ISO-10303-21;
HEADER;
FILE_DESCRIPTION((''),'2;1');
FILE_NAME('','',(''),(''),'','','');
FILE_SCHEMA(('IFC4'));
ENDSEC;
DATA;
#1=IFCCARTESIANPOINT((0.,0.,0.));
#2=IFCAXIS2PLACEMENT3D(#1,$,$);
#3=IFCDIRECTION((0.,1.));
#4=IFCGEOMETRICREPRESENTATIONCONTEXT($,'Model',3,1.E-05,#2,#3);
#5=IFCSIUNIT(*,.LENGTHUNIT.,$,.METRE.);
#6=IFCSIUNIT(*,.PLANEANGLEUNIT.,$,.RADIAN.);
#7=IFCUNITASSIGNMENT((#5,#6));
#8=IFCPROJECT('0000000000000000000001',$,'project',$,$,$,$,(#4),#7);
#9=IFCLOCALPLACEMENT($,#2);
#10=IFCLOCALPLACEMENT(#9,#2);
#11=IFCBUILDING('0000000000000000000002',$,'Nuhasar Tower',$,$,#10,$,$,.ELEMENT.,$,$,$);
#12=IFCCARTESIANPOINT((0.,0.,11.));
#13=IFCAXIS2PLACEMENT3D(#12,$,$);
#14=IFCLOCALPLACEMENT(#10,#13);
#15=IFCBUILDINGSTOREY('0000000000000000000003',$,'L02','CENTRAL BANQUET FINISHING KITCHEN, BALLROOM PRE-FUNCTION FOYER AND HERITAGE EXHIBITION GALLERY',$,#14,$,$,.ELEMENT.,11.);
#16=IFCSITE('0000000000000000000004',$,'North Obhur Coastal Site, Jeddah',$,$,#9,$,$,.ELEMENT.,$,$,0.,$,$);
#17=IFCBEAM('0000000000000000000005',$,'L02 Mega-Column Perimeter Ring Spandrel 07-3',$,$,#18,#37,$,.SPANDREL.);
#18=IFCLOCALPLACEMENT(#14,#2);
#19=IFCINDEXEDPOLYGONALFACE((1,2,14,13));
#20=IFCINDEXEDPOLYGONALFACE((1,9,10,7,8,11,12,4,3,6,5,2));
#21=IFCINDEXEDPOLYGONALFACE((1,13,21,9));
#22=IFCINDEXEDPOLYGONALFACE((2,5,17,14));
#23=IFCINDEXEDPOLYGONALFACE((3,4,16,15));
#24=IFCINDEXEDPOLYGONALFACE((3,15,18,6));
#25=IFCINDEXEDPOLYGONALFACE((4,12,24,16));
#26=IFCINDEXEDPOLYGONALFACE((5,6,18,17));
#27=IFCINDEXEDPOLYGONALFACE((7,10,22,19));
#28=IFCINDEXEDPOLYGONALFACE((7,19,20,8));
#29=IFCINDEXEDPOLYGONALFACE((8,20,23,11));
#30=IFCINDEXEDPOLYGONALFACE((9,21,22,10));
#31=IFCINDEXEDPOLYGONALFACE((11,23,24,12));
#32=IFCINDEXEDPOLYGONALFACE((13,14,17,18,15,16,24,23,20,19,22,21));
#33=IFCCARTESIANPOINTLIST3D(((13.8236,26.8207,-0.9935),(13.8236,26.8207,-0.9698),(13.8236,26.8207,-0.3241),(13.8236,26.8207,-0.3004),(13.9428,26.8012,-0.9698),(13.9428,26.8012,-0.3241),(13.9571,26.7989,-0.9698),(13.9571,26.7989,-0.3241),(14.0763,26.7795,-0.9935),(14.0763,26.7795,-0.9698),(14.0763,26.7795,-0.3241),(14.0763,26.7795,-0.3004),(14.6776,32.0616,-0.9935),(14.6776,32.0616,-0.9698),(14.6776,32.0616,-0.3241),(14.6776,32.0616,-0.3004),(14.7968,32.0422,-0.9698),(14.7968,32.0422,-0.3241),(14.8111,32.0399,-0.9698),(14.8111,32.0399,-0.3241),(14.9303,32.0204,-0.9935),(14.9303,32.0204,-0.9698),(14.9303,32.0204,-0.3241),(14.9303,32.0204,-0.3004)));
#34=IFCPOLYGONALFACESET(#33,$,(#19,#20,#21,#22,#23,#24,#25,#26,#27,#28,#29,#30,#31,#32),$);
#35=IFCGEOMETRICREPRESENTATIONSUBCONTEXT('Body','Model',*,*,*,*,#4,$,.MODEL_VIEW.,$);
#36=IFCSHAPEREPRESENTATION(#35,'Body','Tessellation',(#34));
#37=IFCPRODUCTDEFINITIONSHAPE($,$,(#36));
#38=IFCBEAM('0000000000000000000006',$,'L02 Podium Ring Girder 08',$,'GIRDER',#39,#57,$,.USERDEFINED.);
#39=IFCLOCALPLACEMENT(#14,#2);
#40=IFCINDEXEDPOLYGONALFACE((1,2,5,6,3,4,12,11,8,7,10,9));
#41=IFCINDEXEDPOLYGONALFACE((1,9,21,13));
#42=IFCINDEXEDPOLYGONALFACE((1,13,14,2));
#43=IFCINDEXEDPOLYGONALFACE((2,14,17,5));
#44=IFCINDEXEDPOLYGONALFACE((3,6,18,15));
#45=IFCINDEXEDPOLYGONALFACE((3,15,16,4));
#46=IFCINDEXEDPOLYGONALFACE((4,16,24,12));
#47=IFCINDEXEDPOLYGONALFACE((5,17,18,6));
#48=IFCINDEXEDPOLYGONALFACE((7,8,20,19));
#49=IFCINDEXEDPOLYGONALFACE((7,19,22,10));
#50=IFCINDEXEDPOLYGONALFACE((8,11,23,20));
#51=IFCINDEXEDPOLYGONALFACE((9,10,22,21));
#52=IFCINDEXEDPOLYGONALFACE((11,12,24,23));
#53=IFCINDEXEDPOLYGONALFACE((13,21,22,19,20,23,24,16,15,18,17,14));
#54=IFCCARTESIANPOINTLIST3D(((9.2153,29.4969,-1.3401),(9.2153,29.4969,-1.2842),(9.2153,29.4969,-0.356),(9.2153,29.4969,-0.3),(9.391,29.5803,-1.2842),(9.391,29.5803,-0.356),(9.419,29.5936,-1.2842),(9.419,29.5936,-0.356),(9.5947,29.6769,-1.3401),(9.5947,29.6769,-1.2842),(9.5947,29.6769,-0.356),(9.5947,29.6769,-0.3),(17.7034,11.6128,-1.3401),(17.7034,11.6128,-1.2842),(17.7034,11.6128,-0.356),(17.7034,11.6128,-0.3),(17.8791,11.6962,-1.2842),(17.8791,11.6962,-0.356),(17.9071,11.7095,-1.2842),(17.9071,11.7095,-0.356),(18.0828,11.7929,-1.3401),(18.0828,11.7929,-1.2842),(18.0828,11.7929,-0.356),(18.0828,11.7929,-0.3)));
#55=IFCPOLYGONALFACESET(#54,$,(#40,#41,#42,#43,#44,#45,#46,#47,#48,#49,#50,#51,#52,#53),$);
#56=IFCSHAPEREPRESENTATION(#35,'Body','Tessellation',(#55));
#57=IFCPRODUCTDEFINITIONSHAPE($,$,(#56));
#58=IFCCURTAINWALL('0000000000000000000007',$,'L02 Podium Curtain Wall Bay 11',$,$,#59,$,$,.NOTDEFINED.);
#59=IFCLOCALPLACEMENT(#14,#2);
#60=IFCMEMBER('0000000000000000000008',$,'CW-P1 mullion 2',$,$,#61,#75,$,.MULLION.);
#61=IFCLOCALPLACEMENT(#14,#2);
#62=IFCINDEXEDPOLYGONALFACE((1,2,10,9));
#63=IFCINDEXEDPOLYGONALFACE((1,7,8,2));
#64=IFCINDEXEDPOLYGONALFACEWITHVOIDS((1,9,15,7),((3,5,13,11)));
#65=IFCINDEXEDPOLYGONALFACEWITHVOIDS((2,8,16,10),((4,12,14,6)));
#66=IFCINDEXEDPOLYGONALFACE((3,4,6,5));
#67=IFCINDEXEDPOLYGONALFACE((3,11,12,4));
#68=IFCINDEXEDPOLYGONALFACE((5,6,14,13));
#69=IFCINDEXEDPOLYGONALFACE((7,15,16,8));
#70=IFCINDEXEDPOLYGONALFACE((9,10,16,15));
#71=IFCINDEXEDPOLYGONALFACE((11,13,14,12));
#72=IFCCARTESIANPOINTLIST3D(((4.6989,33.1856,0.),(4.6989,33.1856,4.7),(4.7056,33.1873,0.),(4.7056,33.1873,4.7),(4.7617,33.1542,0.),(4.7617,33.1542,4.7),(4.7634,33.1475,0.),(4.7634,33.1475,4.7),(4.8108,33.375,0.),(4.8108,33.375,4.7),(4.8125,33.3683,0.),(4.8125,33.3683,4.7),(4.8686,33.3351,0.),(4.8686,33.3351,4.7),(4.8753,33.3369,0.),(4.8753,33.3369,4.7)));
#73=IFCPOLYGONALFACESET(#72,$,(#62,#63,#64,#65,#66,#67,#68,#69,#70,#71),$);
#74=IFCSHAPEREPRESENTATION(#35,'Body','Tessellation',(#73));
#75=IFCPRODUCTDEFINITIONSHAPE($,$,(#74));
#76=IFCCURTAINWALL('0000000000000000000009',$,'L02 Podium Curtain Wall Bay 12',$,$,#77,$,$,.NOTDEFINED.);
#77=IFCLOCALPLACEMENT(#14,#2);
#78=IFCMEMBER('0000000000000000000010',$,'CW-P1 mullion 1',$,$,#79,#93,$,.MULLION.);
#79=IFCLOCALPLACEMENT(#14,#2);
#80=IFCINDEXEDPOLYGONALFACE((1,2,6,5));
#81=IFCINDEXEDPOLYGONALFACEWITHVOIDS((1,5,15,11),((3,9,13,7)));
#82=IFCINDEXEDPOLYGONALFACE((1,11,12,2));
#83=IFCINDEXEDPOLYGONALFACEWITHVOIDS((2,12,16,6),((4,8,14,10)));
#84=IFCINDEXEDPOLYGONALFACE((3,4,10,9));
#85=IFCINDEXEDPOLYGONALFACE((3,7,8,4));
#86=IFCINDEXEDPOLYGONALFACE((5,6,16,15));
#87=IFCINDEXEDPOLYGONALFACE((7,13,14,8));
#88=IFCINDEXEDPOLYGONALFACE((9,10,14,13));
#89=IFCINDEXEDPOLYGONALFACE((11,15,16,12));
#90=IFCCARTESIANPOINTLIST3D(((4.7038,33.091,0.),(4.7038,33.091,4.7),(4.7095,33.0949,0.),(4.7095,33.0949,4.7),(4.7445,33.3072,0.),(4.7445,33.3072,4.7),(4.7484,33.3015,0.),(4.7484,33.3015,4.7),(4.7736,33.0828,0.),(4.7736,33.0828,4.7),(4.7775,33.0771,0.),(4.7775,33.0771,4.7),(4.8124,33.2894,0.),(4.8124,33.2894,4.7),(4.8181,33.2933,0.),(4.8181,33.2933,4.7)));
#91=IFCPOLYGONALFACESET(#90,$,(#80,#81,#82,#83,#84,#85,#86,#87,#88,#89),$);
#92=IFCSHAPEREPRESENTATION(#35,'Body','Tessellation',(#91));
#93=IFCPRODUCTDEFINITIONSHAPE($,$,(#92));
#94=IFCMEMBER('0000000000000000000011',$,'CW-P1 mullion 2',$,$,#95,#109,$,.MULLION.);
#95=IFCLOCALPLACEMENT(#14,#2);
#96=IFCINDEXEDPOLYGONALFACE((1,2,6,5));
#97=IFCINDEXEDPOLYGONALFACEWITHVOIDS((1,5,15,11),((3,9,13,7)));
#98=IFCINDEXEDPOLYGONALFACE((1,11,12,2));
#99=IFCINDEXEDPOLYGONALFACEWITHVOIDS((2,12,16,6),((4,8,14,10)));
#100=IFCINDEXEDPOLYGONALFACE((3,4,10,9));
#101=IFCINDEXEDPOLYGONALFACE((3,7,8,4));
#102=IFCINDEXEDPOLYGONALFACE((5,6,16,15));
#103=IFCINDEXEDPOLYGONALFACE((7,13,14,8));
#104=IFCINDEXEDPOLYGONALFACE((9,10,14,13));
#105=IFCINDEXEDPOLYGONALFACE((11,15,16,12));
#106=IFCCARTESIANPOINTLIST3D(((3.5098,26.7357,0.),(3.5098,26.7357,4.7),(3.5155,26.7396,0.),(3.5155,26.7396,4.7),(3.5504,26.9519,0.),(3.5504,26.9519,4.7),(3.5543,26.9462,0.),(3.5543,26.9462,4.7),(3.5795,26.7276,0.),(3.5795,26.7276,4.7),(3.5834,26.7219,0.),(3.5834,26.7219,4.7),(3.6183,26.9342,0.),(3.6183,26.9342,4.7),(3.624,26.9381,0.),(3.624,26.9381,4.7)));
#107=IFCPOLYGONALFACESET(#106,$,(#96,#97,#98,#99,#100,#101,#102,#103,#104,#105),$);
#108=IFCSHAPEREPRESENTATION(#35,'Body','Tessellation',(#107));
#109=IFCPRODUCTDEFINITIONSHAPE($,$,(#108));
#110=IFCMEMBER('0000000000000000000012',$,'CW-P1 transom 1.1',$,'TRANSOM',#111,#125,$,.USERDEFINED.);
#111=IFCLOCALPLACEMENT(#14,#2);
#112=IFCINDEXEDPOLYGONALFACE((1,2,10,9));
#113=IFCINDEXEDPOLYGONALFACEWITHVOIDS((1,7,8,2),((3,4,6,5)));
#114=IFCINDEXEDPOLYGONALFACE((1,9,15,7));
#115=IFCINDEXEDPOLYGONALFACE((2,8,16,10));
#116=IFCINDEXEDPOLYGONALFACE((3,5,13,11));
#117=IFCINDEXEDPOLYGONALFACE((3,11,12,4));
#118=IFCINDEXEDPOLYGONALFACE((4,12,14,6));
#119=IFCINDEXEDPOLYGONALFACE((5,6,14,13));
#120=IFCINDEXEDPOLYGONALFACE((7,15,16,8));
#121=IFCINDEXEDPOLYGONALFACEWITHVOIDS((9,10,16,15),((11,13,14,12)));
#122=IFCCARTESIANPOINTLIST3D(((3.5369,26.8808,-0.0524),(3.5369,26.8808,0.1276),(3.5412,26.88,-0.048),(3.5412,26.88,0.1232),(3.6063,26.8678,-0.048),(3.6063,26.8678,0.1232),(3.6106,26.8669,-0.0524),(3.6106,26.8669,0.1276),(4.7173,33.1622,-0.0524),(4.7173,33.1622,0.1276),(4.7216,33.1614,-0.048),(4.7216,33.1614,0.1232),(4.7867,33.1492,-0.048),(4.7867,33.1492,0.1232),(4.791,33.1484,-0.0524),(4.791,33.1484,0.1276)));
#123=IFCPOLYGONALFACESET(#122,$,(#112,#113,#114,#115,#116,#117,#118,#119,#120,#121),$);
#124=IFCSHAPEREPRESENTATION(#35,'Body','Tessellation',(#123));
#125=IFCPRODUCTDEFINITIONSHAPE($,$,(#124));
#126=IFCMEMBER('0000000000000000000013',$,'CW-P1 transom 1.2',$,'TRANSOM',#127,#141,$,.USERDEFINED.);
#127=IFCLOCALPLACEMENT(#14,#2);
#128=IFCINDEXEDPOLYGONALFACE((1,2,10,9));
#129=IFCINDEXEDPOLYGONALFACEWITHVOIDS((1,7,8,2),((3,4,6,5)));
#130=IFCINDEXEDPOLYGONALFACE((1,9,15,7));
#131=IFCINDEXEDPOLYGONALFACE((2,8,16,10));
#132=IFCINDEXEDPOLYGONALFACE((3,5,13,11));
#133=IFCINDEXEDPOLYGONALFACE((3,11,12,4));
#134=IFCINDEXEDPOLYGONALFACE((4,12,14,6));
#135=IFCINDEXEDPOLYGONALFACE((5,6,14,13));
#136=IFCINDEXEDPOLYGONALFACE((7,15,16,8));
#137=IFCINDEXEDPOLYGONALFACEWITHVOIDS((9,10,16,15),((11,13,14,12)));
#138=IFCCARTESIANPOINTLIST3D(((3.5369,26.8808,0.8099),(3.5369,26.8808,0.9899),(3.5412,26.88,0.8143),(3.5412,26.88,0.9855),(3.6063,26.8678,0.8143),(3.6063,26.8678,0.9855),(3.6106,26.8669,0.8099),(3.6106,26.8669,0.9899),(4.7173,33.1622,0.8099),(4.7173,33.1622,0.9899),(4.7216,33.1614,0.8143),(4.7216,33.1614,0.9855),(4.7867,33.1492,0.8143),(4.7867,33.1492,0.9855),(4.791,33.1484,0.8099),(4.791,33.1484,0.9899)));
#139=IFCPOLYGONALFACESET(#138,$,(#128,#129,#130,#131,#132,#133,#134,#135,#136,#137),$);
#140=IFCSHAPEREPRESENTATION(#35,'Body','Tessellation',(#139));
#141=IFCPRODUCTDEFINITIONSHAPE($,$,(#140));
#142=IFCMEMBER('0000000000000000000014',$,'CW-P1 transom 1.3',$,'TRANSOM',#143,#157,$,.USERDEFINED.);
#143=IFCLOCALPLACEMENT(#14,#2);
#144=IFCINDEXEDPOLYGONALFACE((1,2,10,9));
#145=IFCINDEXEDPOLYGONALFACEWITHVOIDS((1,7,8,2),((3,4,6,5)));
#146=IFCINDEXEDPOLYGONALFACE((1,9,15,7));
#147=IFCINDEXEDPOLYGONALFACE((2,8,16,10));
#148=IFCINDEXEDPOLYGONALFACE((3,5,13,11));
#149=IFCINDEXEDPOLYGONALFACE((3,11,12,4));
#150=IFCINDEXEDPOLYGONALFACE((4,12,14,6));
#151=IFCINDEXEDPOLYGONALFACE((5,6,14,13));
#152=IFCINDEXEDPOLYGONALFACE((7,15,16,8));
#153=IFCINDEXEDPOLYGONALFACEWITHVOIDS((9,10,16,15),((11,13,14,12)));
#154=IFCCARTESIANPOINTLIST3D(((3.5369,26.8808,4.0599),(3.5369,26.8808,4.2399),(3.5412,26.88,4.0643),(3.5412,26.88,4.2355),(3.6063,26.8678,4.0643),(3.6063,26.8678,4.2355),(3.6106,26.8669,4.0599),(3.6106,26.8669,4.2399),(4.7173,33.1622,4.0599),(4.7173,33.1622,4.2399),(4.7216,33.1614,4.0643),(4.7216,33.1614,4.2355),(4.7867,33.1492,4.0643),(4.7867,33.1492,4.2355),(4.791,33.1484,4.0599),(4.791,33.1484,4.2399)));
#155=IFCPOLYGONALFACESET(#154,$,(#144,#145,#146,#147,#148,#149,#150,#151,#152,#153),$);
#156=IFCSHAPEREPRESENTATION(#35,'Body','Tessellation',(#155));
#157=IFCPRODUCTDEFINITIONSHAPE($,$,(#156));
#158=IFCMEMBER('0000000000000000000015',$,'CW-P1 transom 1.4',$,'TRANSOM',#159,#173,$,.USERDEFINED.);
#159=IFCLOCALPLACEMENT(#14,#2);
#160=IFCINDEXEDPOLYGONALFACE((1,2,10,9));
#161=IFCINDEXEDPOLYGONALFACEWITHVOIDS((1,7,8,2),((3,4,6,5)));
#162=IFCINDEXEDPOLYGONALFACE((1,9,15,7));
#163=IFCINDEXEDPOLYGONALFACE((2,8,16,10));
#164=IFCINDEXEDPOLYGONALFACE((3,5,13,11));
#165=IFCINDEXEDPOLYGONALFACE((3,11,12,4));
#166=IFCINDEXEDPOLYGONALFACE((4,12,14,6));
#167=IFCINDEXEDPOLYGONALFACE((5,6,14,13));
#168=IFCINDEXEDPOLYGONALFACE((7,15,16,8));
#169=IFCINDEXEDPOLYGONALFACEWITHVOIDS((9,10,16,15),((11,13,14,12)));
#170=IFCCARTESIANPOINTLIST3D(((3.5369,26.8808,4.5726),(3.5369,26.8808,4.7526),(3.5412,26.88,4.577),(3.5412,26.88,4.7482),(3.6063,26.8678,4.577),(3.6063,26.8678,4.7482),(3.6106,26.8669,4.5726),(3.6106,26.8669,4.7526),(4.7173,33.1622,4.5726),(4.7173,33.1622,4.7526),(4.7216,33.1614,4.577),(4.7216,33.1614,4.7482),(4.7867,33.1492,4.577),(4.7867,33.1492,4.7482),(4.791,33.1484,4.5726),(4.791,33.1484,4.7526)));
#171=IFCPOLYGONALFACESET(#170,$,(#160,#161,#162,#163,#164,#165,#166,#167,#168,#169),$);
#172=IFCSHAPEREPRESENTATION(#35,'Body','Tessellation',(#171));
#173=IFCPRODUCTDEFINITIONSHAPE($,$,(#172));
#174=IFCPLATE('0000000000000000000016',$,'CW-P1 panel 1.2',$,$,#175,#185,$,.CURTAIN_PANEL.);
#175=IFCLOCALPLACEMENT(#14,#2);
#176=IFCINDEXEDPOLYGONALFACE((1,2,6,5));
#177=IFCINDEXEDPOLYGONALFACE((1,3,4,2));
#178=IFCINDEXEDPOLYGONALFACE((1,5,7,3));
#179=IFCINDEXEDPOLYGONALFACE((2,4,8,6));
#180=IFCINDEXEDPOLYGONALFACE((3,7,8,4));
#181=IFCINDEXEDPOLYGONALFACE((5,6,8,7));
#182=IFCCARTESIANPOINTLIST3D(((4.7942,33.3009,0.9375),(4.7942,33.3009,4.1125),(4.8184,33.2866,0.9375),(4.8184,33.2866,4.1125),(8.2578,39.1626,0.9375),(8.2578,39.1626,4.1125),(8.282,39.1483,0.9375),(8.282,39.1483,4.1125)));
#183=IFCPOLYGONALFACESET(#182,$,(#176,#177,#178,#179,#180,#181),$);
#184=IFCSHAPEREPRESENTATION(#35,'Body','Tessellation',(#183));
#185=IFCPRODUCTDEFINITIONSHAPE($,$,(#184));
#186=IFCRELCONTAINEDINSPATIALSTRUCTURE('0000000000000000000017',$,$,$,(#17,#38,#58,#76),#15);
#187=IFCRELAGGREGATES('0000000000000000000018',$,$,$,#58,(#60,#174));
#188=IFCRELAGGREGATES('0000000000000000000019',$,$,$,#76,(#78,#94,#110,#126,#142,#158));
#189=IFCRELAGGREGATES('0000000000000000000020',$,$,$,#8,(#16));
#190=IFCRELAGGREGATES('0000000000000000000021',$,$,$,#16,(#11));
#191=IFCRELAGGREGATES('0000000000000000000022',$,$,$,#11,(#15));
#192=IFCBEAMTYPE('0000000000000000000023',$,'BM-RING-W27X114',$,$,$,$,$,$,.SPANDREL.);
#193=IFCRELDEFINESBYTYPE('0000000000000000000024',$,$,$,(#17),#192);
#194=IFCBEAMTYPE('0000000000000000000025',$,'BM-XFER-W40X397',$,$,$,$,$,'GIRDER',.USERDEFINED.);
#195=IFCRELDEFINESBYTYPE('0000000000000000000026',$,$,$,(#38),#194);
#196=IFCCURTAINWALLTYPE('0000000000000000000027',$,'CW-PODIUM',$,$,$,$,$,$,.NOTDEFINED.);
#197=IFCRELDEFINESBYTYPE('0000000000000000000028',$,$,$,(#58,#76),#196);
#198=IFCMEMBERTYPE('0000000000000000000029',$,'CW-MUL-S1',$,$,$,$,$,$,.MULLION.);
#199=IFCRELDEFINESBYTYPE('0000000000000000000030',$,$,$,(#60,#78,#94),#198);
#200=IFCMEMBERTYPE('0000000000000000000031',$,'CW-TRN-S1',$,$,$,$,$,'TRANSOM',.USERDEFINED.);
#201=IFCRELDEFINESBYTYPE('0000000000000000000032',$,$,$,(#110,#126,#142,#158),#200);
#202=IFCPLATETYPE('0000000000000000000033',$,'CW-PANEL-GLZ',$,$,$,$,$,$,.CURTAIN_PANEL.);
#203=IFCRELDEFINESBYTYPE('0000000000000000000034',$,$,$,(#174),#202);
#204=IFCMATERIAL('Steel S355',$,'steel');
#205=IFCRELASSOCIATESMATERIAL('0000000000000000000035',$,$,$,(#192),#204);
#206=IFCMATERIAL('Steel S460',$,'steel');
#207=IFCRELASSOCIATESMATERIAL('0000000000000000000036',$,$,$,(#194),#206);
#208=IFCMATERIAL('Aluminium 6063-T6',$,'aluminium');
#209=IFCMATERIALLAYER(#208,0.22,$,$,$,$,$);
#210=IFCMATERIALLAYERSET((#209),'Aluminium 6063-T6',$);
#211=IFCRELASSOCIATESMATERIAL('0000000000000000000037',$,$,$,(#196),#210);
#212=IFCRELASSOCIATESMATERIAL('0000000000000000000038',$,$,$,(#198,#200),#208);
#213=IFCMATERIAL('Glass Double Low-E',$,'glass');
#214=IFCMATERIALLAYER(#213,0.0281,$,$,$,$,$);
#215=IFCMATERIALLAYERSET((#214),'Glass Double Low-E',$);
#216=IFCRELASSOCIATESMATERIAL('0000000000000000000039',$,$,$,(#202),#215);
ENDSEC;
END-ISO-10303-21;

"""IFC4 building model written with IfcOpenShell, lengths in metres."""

from ifc_helpers import new_model, si_unit, direction, frame, origin, origin_2d, place, context, subcontext, project, spatial, rectangle, hollow_rectangle, i_section, extrude, material, layer, layer_set, material_profile, profile_set, type_object, element, aggregate, save


model = new_model("IFC4")

# Units and contexts
model_context = context("Model", 3, precision=1e-05, world=origin(), true_north=direction((0.0, 1.0)))
body_context = subcontext(model_context, "Body", "Model", "MODEL_VIEW")
ifc_project = project(units=[si_unit("LENGTHUNIT", "METRE"), si_unit("PLANEANGLEUNIT", "RADIAN")], contexts=[model_context])

# Site, building, storey
site_placement = place(None, origin())
site = spatial("IfcSite", under=ifc_project, at=site_placement, Name="North Obhur Coastal Site, Jeddah", CompositionType="ELEMENT", RefElevation=0.0)
building_placement = place(site_placement, origin())
building = spatial("IfcBuilding", under=site, at=building_placement, Name="Nuhasar Tower", CompositionType="ELEMENT")
storey_placement = place(building_placement, frame((0.0, 0.0, 11.0)))
storey = spatial("IfcBuildingStorey", under=building, at=storey_placement, Name="L02", Description="CENTRAL BANQUET FINISHING KITCHEN, BALLROOM PRE-FUNCTION FOYER AND HERITAGE EXHIBITION GALLERY", CompositionType="ELEMENT", Elevation=11.0)

# Beams
ifc_material_1 = material(Name="Steel S355", Category="steel")
ifc_material_profile_1 = material_profile(ifc_material_1, i_section(OverallWidth=0.2561, OverallDepth=0.6931, WebThickness=0.0144, FlangeThickness=0.0237, at=origin_2d()), Name="W27X114")
ifc_profile_set_1 = profile_set([ifc_material_profile_1], Name="Steel S355")
beam_type_1 = type_object("IfcBeamType", Name="BM-RING-W27X114", PredefinedType="SPANDREL", material=ifc_profile_set_1)
beam_1_placement = place(storey_placement, frame((14.804, 32.041, -0.647), z_axis=(-0.160827, -0.986983, 0.0), x_axis=(0.986983, -0.160827, 0.0)))
element("IfcBeam", 1, at=beam_1_placement, inside=storey, type_object=beam_type_1, Name="L02 Mega-Column Perimeter Ring Spandrel 07-3", PredefinedType="SPANDREL", context=body_context, shape_type="SweptSolid", body=[
    extrude(i_section(OverallWidth=0.2561, OverallDepth=0.6931, WebThickness=0.0144, FlangeThickness=0.0237, at=origin_2d()), origin(), (0.0, 0.0, 1.0), 5.3101),
])
ifc_material_2 = material(Name="Steel S460", Category="steel")
ifc_material_profile_2 = material_profile(ifc_material_2, i_section(OverallWidth=0.4199, OverallDepth=1.04, WebThickness=0.031, FlangeThickness=0.0559, at=origin_2d()), Name="W40X397")
ifc_profile_set_2 = profile_set([ifc_material_profile_2], Name="Steel S460")
beam_type_2 = type_object("IfcBeamType", Name="BM-XFER-W40X397", ElementType="GIRDER", PredefinedType="USERDEFINED", material=ifc_profile_set_2)
beam_2_placement = place(storey_placement, frame((9.405, 29.5869, -0.8201), z_axis=(0.428773, -0.903412, 0.0), x_axis=(0.903412, 0.428773, 0.0)))
element("IfcBeam", 2, at=beam_2_placement, inside=storey, type_object=beam_type_2, Name="L02 Podium Ring Girder 08", ObjectType="GIRDER", PredefinedType="USERDEFINED", context=body_context, shape_type="SweptSolid", body=[
    extrude(i_section(OverallWidth=0.4199, OverallDepth=1.04, WebThickness=0.031, FlangeThickness=0.0559, at=origin_2d()), origin(), (0.0, 0.0, 1.0), 19.7961),
])

# Curtain wall, member
ifc_material_3 = material(Name="Aluminium 6063-T6", Category="aluminium")
ifc_layer_1 = layer(ifc_material_3, 0.22)
ifc_layer_set_1 = layer_set([ifc_layer_1], Name="Aluminium 6063-T6")
curtain_wall_type = type_object("IfcCurtainWallType", Name="CW-PODIUM", PredefinedType="NOTDEFINED", material=ifc_layer_set_1)
curtain_wall_1_placement = place(storey_placement, origin())
curtain_wall_1 = element("IfcCurtainWall", 3, at=curtain_wall_1_placement, inside=storey, type_object=curtain_wall_type, Name="L02 Podium Curtain Wall Bay 11", PredefinedType="NOTDEFINED")
ifc_material_profile_3 = material_profile(ifc_material_3, hollow_rectangle(XDim=0.075, YDim=0.22, WallThickness=0.0049, at=origin_2d()), Name="CWM-1")
ifc_profile_set_3 = profile_set([ifc_material_profile_3], Name="Aluminium 6063-T6")
member_type_1 = type_object("IfcMemberType", Name="CW-MUL-S1", PredefinedType="MULLION", material=ifc_profile_set_3)
member_1_placement = place(storey_placement, frame((4.7871, 33.2612, 0.0), z_axis=(0.0, 0.0, 1.0), x_axis=(0.860935, -0.508715, 0.0)))
member_1 = element("IfcMember", 4, at=member_1_placement, type_object=member_type_1, Name="CW-P1 mullion 2", PredefinedType="MULLION", context=body_context, shape_type="SweptSolid", body=[
    extrude(hollow_rectangle(XDim=0.075, YDim=0.22, WallThickness=0.0049, at=origin_2d()), origin(), (0.0, 0.0, 1.0), 4.7),
])

# Curtain wall, members
curtain_wall_2_placement = place(storey_placement, origin())
curtain_wall_2 = element("IfcCurtainWall", 5, at=curtain_wall_2_placement, inside=storey, type_object=curtain_wall_type, Name="L02 Podium Curtain Wall Bay 12", PredefinedType="NOTDEFINED")
member_2_placement = place(storey_placement, frame((4.761, 33.1921, 0.0), z_axis=(0.0, 0.0, 1.0), x_axis=(0.982801, -0.184667, 0.0)))
member_2 = element("IfcMember", 6, at=member_2_placement, type_object=member_type_1, Name="CW-P1 mullion 1", PredefinedType="MULLION", context=body_context, shape_type="SweptSolid", body=[
    extrude(hollow_rectangle(XDim=0.075, YDim=0.22, WallThickness=0.0049, at=origin_2d()), origin(), (0.0, 0.0, 1.0), 4.7),
])
member_3_placement = place(storey_placement, frame((3.5669, 26.8369, 0.0), z_axis=(0.0, 0.0, 1.0), x_axis=(0.982801, -0.184667, 0.0)))
member_3 = element("IfcMember", 7, at=member_3_placement, type_object=member_type_1, Name="CW-P1 mullion 2", PredefinedType="MULLION", context=body_context, shape_type="SweptSolid", body=[
    extrude(hollow_rectangle(XDim=0.075, YDim=0.22, WallThickness=0.0049, at=origin_2d()), origin(), (0.0, 0.0, 1.0), 4.7),
])
ifc_material_profile_4 = material_profile(ifc_material_3, hollow_rectangle(XDim=0.075, YDim=0.1799, WallThickness=0.0044, at=origin_2d()), Name="CWT-1")
ifc_profile_set_4 = profile_set([ifc_material_profile_4], Name="Aluminium 6063-T6")
member_type_2 = type_object("IfcMemberType", Name="CW-TRN-S1", ElementType="TRANSOM", PredefinedType="USERDEFINED", material=ifc_profile_set_4)
member_4_placement = place(storey_placement, frame((4.7542, 33.1553, 0.0376), z_axis=(-0.184688, -0.982797, 0.0), x_axis=(0.982797, -0.184688, 0.0)))
member_4 = element("IfcMember", 8, at=member_4_placement, type_object=member_type_2, Name="CW-P1 transom 1.1", ObjectType="TRANSOM", PredefinedType="USERDEFINED", context=body_context, shape_type="SweptSolid", body=[
    extrude(hollow_rectangle(XDim=0.075, YDim=0.1799, WallThickness=0.0044, at=origin_2d()), origin(), (0.0, 0.0, 1.0), 6.3914),
])
member_5_placement = place(storey_placement, frame((4.7542, 33.1553, 0.8999), z_axis=(-0.184688, -0.982797, 0.0), x_axis=(0.982797, -0.184688, 0.0)))
member_5 = element("IfcMember", 9, at=member_5_placement, type_object=member_type_2, Name="CW-P1 transom 1.2", ObjectType="TRANSOM", PredefinedType="USERDEFINED", context=body_context, shape_type="SweptSolid", body=[
    extrude(hollow_rectangle(XDim=0.075, YDim=0.1799, WallThickness=0.0044, at=origin_2d()), origin(), (0.0, 0.0, 1.0), 6.3914),
])
member_6_placement = place(storey_placement, frame((4.7542, 33.1553, 4.1499), z_axis=(-0.184688, -0.982797, 0.0), x_axis=(0.982797, -0.184688, 0.0)))
member_6 = element("IfcMember", 10, at=member_6_placement, type_object=member_type_2, Name="CW-P1 transom 1.3", ObjectType="TRANSOM", PredefinedType="USERDEFINED", context=body_context, shape_type="SweptSolid", body=[
    extrude(hollow_rectangle(XDim=0.075, YDim=0.1799, WallThickness=0.0044, at=origin_2d()), origin(), (0.0, 0.0, 1.0), 6.3914),
])
member_7_placement = place(storey_placement, frame((4.7542, 33.1553, 4.6626), z_axis=(-0.184688, -0.982797, 0.0), x_axis=(0.982797, -0.184688, 0.0)))
member_7 = element("IfcMember", 11, at=member_7_placement, type_object=member_type_2, Name="CW-P1 transom 1.4", ObjectType="TRANSOM", PredefinedType="USERDEFINED", context=body_context, shape_type="SweptSolid", body=[
    extrude(hollow_rectangle(XDim=0.075, YDim=0.1799, WallThickness=0.0044, at=origin_2d()), origin(), (0.0, 0.0, 1.0), 6.3914),
])

# Plate
ifc_material_4 = material(Name="Glass Double Low-E", Category="glass")
ifc_layer_2 = layer(ifc_material_4, 0.0281)
ifc_layer_set_2 = layer_set([ifc_layer_2], Name="Glass Double Low-E")
plate_type_1 = type_object("IfcPlateType", Name="CW-PANEL-GLZ", PredefinedType="CURTAIN_PANEL", material=ifc_layer_set_2)
plate_1_placement = place(storey_placement, frame((6.5381, 36.2246, 0.9375), z_axis=(0.0, 0.0, 1.0), x_axis=(-0.508715, -0.860935, 0.0)))
plate_1 = element("IfcPlate", 12, at=plate_1_placement, type_object=plate_type_1, Name="CW-P1 panel 1.2", PredefinedType="CURTAIN_PANEL", context=body_context, shape_type="SweptSolid", body=[
    extrude(rectangle(XDim=6.8086, YDim=0.0281, at=origin_2d()), origin(), (0.0, 0.0, 1.0), 3.175),
])
aggregate(curtain_wall_1, [member_1, plate_1])
aggregate(curtain_wall_2, [member_2, member_3, member_4, member_5, member_6, member_7])

save(model, "model.ifc")
